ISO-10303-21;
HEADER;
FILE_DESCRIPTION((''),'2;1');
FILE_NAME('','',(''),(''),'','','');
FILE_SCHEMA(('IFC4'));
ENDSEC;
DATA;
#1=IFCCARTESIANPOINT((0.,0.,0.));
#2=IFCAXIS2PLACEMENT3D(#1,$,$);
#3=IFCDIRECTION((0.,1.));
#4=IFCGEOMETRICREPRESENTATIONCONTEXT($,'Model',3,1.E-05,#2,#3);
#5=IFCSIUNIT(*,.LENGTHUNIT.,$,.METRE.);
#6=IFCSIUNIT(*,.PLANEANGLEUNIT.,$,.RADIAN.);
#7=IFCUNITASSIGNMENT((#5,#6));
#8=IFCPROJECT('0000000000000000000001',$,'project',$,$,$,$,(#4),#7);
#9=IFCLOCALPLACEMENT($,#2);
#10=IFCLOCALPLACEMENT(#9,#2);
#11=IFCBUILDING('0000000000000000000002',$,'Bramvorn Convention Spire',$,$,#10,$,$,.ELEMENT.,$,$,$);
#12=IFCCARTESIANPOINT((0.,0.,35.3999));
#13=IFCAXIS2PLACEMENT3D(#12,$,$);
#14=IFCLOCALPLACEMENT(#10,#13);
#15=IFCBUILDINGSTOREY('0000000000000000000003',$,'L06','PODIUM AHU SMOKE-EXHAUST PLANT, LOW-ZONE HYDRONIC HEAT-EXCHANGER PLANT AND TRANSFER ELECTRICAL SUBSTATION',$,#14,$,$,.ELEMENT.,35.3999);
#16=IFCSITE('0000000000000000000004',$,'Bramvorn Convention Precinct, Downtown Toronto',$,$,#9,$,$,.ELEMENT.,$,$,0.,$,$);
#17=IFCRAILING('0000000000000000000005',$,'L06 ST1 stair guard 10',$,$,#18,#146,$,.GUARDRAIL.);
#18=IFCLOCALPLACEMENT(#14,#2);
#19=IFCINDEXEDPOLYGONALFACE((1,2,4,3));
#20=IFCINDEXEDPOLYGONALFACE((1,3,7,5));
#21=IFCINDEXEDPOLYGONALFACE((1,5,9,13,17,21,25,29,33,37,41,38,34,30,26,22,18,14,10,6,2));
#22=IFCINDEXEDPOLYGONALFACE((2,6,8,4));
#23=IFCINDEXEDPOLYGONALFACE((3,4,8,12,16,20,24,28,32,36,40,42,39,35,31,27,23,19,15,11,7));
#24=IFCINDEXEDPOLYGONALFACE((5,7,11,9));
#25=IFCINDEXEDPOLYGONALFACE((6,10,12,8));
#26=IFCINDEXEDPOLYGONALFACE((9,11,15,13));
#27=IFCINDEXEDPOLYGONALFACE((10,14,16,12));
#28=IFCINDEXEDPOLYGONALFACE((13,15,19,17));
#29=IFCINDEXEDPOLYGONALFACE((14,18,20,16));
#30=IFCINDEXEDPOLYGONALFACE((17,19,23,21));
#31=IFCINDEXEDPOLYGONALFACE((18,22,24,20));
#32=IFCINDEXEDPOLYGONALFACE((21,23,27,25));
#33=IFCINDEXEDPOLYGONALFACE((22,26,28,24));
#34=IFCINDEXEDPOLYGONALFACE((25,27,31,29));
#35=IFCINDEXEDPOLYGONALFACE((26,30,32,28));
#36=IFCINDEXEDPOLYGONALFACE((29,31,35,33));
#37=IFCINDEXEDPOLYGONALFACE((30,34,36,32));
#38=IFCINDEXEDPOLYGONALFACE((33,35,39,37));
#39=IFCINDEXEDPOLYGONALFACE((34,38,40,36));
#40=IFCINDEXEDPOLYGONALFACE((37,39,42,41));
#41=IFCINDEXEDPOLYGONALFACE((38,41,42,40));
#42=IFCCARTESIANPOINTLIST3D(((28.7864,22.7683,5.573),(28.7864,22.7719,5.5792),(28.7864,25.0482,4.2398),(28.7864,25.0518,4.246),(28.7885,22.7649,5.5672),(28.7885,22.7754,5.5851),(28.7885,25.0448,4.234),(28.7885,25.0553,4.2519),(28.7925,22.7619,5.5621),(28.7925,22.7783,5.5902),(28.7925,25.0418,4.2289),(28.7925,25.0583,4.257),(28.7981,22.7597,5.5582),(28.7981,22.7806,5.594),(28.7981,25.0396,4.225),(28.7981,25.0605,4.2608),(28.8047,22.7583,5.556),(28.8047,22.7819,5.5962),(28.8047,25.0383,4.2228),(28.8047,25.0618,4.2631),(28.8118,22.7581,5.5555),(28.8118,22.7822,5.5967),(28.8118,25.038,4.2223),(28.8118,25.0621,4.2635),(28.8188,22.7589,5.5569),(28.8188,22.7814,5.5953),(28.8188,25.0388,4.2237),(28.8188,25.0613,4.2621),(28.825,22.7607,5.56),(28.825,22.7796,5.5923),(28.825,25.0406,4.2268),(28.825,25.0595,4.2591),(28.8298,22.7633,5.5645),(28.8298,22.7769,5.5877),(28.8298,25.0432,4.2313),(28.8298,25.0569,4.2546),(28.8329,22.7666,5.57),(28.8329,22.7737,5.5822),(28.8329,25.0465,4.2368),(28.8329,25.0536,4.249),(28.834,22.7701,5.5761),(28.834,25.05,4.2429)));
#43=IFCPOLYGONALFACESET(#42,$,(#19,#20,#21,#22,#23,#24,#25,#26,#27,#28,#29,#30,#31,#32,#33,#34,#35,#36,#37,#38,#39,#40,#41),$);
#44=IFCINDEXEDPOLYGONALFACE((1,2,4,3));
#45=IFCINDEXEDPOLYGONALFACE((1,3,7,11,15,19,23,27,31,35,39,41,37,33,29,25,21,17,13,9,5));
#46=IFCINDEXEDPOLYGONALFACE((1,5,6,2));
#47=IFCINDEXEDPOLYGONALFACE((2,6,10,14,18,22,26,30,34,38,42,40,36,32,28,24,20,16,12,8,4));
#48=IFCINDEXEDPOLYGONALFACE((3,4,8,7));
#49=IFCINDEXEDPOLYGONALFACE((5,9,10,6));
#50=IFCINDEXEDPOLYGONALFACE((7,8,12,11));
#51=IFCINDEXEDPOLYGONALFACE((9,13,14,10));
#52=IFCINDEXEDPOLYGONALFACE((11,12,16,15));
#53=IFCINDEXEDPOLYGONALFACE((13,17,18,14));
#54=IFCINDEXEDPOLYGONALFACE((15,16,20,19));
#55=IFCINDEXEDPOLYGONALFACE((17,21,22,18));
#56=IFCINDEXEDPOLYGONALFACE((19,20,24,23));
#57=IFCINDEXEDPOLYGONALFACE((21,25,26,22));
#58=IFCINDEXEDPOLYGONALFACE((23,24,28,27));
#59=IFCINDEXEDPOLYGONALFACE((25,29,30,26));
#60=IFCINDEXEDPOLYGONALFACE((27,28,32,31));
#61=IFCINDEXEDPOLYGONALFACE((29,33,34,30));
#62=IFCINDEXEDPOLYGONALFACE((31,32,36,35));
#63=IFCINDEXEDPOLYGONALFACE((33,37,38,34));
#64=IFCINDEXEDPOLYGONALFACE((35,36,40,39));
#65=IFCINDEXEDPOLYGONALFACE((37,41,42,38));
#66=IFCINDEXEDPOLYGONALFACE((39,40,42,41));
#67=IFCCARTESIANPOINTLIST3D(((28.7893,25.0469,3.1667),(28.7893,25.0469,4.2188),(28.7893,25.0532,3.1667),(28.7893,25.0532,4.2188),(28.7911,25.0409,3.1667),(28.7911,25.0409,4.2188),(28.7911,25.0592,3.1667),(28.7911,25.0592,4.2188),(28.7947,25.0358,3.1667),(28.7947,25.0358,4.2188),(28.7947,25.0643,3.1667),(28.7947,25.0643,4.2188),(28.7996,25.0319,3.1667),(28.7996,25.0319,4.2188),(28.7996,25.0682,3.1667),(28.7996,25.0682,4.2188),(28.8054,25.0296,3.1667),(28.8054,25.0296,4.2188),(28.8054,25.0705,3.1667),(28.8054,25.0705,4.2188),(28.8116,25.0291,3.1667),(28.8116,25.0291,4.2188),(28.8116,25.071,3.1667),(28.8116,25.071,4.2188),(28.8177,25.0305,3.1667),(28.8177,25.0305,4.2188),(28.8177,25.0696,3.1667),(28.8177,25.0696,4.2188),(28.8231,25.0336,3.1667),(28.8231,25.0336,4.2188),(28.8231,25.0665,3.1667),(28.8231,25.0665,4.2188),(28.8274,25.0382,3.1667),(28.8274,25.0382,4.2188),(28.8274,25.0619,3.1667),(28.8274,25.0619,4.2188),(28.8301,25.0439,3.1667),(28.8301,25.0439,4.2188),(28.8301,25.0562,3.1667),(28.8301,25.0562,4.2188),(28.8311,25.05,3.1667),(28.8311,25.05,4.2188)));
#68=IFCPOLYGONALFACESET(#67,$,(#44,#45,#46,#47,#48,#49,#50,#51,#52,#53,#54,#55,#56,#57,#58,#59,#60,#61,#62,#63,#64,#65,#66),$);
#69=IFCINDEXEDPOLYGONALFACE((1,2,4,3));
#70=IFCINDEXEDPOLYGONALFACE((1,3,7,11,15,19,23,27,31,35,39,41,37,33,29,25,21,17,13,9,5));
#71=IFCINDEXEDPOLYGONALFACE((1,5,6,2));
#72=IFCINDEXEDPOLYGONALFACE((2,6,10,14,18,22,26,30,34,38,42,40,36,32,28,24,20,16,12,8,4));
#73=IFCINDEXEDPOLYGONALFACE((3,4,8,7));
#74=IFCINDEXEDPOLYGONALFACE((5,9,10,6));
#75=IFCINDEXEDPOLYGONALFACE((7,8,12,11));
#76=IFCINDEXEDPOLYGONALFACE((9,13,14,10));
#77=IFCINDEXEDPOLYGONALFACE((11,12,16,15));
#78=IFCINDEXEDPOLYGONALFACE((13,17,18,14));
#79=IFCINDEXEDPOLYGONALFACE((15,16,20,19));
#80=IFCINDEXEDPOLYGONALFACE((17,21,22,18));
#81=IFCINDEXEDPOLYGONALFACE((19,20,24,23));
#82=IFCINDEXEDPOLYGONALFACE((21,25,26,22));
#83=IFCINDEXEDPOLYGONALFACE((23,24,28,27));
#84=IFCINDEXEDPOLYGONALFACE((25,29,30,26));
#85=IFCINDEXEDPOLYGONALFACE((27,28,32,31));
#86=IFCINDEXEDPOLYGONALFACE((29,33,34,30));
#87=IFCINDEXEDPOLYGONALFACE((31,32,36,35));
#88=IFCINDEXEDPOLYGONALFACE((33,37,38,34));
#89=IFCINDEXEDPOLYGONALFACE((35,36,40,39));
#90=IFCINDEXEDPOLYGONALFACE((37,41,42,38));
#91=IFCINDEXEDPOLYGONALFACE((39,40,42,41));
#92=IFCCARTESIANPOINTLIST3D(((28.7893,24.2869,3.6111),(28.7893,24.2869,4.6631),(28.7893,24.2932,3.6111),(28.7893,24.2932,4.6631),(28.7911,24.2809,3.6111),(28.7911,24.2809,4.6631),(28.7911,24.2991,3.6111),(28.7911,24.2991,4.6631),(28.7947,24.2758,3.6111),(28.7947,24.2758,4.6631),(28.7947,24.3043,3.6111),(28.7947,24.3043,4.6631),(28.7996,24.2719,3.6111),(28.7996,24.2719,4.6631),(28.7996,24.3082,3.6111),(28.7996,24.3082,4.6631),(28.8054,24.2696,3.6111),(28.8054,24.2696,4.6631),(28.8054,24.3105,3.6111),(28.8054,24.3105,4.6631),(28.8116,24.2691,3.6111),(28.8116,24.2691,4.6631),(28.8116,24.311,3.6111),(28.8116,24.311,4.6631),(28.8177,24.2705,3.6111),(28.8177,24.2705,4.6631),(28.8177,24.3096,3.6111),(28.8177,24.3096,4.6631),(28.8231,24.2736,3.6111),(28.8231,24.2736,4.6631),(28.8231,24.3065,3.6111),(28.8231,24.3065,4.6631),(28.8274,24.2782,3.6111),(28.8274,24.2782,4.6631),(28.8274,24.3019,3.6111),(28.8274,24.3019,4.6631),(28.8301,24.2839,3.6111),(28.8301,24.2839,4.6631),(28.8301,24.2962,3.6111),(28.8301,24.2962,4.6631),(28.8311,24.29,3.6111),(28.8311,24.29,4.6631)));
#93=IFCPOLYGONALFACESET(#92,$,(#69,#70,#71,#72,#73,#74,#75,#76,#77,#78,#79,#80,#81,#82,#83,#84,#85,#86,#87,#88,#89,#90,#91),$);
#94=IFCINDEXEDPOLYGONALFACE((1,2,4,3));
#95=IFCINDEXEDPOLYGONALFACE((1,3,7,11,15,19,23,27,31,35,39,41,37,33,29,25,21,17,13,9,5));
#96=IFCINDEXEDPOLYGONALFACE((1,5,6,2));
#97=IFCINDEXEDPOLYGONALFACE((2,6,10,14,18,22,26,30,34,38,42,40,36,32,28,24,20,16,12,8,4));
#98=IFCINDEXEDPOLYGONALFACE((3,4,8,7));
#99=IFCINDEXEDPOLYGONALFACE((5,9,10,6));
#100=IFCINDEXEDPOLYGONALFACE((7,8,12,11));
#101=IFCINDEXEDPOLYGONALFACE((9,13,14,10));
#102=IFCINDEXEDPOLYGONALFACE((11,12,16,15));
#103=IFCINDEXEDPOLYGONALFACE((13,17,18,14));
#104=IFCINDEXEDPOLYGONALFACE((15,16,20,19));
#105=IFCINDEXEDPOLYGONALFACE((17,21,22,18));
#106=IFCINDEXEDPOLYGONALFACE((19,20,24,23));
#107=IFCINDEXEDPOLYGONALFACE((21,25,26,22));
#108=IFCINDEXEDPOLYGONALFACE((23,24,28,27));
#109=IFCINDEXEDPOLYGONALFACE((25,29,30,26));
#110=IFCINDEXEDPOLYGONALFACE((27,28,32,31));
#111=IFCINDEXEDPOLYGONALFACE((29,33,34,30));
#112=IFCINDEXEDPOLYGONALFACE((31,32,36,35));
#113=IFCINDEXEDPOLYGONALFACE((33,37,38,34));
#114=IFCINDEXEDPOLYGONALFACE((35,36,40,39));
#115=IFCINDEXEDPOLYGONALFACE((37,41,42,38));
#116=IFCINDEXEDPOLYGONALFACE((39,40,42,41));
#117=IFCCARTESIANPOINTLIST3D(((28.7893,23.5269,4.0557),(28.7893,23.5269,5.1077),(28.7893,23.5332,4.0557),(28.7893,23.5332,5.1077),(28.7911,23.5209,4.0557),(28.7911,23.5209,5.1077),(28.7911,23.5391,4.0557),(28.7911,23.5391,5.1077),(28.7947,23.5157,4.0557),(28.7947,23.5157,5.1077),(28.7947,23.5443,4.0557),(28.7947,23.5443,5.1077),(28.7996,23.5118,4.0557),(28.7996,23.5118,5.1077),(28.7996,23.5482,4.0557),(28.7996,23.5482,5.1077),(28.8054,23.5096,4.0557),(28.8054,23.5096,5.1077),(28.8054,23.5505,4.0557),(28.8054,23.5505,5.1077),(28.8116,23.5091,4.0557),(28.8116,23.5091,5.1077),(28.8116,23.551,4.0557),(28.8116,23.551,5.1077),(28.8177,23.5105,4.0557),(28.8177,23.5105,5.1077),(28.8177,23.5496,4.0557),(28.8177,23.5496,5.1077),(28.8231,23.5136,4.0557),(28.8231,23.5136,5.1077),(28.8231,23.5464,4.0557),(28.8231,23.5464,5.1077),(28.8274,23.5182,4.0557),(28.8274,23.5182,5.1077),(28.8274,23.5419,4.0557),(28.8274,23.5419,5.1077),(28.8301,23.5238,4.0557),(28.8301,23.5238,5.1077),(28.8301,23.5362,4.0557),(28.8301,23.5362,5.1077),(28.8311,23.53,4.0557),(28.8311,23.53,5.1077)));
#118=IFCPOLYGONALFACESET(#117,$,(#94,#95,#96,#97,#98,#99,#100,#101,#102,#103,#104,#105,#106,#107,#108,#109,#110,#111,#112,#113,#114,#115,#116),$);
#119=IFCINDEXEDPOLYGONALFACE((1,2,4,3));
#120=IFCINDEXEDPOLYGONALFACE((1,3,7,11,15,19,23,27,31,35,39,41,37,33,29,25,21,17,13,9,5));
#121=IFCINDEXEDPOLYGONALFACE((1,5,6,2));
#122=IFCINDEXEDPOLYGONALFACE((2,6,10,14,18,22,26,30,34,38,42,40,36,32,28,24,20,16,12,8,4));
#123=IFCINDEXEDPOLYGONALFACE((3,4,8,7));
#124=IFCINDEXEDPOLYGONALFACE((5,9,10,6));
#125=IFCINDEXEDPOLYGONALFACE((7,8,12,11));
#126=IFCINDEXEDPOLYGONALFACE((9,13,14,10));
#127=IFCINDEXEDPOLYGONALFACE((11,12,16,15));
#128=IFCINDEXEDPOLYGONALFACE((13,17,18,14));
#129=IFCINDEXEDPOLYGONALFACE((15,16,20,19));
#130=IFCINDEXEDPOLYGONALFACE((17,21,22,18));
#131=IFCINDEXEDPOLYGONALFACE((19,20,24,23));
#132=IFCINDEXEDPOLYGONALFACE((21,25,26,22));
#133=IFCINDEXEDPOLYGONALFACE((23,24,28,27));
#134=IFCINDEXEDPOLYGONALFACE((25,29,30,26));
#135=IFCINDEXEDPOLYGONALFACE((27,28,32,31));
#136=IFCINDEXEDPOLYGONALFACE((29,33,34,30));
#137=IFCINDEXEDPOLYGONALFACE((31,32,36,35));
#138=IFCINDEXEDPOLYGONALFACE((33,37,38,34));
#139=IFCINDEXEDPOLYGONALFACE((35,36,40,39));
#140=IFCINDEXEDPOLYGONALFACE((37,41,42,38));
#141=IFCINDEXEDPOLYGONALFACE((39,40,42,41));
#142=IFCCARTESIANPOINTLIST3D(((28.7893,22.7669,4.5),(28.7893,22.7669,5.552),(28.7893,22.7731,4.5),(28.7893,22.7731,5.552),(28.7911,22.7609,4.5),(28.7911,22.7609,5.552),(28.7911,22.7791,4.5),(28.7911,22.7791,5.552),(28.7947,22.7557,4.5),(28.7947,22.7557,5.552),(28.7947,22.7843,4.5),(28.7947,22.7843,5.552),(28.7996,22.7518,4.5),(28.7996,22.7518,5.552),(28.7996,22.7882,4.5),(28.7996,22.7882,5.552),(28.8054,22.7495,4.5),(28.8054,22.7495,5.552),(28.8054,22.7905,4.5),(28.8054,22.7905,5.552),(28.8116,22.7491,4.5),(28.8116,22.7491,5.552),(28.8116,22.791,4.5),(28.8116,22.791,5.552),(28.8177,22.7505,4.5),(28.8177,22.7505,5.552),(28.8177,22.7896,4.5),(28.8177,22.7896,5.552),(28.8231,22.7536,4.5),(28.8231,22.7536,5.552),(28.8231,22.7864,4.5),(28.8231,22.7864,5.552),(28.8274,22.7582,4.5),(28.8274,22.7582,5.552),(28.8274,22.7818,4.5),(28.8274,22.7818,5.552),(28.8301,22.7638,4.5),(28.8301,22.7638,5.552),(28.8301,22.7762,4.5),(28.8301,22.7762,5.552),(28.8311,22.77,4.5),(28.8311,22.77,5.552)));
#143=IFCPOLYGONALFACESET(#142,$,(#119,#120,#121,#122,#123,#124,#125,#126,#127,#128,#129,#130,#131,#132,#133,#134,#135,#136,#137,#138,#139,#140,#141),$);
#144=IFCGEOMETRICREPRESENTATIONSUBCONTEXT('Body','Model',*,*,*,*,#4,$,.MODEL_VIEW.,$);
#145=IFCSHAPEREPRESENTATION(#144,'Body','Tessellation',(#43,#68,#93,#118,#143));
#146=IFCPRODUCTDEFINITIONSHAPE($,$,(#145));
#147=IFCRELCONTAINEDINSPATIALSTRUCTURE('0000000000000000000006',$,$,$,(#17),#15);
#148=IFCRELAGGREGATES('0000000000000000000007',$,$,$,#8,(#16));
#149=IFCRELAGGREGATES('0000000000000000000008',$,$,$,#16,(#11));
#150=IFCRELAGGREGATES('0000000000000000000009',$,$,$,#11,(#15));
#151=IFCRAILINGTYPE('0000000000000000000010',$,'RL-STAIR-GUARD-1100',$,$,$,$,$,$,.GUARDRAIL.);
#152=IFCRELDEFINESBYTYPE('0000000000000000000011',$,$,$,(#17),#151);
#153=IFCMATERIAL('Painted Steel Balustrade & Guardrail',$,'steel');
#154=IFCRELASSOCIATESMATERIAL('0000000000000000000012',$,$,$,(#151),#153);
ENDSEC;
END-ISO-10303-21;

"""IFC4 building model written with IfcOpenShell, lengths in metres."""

from ifc_helpers import new_model, si_unit, direction, frame, origin, origin_2d, place, context, subcontext, project, spatial, circle, extrude, material, type_object, element, save


model = new_model("IFC4")

# Units and contexts
model_context = context("Model", 3, precision=1e-05, world=origin(), true_north=direction((0.0, 1.0)))
body_context = subcontext(model_context, "Body", "Model", "MODEL_VIEW")
ifc_project = project(units=[si_unit("LENGTHUNIT", "METRE"), si_unit("PLANEANGLEUNIT", "RADIAN")], contexts=[model_context])

# Site, building, storey
site_placement = place(None, origin())
site = spatial("IfcSite", under=ifc_project, at=site_placement, Name="Bramvorn Convention Precinct, Downtown Toronto", CompositionType="ELEMENT", RefElevation=0.0)
building_placement = place(site_placement, origin())
building = spatial("IfcBuilding", under=site, at=building_placement, Name="Bramvorn Convention Spire", CompositionType="ELEMENT")
storey_placement = place(building_placement, frame((0.0, 0.0, 35.3999)))
storey = spatial("IfcBuildingStorey", under=building, at=storey_placement, Name="L06", Description="PODIUM AHU SMOKE-EXHAUST PLANT, LOW-ZONE HYDRONIC HEAT-EXCHANGER PLANT AND TRANSFER ELECTRICAL SUBSTATION", CompositionType="ELEMENT", Elevation=35.3999)

# Railing
ifc_material_1 = material(Name="Painted Steel Balustrade & Guardrail", Category="steel")
railing_type_1 = type_object("IfcRailingType", Name="RL-STAIR-GUARD-1100", PredefinedType="GUARDRAIL", material=ifc_material_1)
railing_1_placement = place(storey_placement, frame((28.8101, 25.05, 3.1667)))
element("IfcRailing", 1, at=railing_1_placement, inside=storey, type_object=railing_type_1, Name="L06 ST1 stair guard 10", PredefinedType="GUARDRAIL", context=body_context, shape_type="SweptSolid", body=[
    extrude(circle(Radius=0.0239, at=origin_2d()), frame((0.0, 0.0, 1.0762), z_axis=(0.0, -0.863245, 0.504785), x_axis=(1.0, 0.0, 0.0)), (0.0, 0.0, 1.0), 2.6411),
    extrude(circle(Radius=0.021, at=origin_2d()), origin(), (0.0, 0.0, 1.0), 1.052),
    extrude(circle(Radius=0.021, at=origin_2d()), frame((0.0, -0.76, 0.4443)), (0.0, 0.0, 1.0), 1.052),
    extrude(circle(Radius=0.021, at=origin_2d()), frame((0.0, -1.52, 0.8889)), (0.0, 0.0, 1.0), 1.052),
    extrude(circle(Radius=0.021, at=origin_2d()), frame((0.0, -2.28, 1.3333)), (0.0, 0.0, 1.0), 1.052),
])

save(model, "model.ifc")
